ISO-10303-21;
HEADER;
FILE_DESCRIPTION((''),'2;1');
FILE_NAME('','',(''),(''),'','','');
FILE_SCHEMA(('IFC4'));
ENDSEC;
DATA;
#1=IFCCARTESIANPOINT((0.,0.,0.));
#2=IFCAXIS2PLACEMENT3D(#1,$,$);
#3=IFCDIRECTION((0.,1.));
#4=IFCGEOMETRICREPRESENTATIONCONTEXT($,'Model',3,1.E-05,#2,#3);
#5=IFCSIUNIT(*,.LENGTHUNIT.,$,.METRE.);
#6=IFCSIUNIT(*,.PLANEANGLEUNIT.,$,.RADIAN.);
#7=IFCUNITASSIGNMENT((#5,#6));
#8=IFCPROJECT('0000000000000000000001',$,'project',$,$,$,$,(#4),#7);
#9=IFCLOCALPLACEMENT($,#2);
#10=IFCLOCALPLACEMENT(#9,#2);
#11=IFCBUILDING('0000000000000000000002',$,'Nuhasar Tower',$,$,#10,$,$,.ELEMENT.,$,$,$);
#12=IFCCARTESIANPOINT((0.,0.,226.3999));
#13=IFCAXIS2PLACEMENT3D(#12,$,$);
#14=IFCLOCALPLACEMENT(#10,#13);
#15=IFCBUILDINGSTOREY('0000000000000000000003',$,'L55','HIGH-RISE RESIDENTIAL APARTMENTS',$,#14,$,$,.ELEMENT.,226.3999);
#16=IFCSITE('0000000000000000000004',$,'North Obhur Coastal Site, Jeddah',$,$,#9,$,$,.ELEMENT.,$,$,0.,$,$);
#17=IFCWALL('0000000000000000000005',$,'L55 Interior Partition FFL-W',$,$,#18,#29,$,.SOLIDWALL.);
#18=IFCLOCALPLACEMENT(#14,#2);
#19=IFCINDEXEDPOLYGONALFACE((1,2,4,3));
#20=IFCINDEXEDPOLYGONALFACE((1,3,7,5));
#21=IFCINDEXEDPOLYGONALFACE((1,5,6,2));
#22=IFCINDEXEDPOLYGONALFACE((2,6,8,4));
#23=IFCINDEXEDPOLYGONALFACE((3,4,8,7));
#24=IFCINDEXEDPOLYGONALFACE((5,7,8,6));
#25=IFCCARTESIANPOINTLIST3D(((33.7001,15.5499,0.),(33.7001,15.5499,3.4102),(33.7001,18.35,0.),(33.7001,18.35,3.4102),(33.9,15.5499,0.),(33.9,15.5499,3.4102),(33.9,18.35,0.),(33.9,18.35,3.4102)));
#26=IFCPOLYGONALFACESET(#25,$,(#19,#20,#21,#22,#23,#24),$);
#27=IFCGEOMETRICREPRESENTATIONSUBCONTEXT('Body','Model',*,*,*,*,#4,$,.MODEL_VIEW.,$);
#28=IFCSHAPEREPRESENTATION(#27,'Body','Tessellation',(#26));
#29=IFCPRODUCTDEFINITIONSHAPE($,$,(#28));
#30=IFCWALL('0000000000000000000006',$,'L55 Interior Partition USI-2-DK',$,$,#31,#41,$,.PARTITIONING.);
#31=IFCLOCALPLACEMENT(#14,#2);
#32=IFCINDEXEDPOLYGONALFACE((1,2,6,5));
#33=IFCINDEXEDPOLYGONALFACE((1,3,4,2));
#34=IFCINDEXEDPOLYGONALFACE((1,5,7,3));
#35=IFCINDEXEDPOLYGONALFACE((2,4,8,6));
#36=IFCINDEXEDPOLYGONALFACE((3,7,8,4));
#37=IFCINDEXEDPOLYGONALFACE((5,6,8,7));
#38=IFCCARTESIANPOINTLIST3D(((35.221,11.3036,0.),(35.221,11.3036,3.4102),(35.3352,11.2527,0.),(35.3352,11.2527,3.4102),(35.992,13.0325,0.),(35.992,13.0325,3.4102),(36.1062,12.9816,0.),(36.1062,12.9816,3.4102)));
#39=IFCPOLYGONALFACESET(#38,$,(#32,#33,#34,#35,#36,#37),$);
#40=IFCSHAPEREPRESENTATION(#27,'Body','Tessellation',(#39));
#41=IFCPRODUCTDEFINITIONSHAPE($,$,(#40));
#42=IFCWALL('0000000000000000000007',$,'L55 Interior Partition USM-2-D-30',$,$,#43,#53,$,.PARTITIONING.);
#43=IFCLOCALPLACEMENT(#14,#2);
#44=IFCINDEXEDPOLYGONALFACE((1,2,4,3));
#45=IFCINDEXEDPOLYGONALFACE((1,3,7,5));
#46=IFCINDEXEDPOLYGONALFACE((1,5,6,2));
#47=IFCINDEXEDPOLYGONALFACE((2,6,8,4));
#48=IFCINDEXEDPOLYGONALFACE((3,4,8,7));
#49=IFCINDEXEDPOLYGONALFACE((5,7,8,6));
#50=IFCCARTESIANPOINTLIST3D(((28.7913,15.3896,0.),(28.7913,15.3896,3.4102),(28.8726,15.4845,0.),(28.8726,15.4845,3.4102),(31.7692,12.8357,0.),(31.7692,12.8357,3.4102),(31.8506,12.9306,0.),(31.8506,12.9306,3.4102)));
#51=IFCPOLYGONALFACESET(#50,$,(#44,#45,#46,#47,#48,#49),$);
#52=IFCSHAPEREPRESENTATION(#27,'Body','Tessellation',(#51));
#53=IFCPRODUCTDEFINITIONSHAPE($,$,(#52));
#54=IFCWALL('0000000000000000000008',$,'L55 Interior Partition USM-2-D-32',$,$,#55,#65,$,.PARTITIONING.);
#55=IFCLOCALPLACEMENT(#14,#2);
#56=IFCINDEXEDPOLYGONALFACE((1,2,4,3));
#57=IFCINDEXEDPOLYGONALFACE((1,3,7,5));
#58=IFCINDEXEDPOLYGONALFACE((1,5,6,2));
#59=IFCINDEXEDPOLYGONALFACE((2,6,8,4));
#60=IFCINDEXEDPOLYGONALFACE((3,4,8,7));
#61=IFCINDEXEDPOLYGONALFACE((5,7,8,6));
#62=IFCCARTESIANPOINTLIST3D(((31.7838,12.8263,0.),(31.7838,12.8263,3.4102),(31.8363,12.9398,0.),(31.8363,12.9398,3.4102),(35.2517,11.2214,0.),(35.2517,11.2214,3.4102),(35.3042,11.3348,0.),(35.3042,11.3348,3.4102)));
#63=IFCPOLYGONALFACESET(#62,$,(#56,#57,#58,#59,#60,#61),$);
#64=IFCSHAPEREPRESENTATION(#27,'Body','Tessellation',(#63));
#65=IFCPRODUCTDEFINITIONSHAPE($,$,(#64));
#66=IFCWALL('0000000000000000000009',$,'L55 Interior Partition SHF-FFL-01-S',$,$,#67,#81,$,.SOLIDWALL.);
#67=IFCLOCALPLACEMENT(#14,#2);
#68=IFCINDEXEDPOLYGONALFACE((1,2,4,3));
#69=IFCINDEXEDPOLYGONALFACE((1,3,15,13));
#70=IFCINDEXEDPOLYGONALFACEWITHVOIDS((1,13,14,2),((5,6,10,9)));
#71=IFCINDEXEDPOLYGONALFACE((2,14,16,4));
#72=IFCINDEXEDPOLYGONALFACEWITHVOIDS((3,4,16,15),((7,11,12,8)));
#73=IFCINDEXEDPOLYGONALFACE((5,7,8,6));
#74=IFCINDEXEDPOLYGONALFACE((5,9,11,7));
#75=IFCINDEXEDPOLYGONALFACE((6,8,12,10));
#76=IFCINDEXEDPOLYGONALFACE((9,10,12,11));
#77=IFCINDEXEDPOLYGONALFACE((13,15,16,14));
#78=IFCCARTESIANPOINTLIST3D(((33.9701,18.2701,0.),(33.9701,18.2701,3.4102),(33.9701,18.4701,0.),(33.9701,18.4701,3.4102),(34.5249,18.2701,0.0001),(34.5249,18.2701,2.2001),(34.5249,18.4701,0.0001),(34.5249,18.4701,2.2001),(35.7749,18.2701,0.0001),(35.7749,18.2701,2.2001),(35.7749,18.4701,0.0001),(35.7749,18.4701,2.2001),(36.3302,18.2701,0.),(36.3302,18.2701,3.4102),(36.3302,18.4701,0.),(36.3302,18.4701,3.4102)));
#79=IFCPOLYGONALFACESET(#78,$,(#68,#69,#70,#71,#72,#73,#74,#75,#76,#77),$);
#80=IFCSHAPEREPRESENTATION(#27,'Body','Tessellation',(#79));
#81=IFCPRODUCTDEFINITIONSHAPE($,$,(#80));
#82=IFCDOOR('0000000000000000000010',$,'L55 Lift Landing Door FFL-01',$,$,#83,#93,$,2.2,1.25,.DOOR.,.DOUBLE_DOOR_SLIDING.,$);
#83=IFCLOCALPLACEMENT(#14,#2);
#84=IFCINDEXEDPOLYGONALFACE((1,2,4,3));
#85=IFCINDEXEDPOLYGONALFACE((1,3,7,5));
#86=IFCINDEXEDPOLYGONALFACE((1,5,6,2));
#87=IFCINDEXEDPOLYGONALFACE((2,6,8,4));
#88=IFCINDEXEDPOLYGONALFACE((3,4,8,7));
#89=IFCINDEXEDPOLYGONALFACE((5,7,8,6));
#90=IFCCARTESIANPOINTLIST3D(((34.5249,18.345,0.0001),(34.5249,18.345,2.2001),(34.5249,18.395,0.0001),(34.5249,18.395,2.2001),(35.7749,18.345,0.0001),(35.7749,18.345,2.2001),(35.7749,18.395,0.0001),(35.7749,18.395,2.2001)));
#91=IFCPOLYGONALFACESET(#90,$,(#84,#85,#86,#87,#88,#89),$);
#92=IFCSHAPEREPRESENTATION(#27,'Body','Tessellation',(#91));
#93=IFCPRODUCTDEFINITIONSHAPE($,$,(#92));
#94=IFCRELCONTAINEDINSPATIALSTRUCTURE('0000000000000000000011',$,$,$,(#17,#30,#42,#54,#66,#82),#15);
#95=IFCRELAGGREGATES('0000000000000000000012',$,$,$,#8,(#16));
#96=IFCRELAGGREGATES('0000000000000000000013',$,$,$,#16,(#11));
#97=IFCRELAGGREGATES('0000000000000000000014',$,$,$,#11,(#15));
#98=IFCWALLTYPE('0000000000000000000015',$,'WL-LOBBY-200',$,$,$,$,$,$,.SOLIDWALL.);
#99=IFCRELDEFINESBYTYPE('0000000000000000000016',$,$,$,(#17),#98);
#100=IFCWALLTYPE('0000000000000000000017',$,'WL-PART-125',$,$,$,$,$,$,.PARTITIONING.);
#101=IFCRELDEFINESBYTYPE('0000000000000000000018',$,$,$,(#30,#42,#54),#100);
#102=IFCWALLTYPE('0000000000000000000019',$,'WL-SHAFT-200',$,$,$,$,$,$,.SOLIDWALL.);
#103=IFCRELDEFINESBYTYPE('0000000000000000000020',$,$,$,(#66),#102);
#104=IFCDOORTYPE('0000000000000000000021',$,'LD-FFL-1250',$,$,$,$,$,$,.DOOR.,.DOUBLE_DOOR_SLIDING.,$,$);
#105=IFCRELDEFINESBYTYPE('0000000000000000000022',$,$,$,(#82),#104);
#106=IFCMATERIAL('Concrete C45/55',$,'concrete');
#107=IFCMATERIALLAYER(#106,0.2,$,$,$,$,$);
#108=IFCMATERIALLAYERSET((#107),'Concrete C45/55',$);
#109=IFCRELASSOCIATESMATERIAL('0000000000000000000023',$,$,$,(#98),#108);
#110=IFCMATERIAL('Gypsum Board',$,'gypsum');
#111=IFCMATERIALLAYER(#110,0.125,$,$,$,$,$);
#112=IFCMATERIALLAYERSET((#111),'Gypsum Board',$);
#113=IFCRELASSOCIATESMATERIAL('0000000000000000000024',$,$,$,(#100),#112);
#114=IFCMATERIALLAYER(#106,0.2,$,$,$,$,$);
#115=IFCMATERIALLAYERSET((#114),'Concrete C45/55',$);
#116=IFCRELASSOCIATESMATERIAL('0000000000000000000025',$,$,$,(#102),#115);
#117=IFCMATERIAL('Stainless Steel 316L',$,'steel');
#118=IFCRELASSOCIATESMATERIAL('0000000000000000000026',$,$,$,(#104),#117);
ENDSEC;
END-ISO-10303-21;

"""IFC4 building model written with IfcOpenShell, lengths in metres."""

from ifc_helpers import new_model, si_unit, direction, frame, frame_2d, origin, place, context, subcontext, project, spatial, rectangle, extrude, material, layer, layer_set, type_object, element, fill, save


model = new_model("IFC4")

# Units and contexts
model_context = context("Model", 3, precision=1e-05, world=origin(), true_north=direction((0.0, 1.0)))
body_context = subcontext(model_context, "Body", "Model", "MODEL_VIEW")
ifc_project = project(units=[si_unit("LENGTHUNIT", "METRE"), si_unit("PLANEANGLEUNIT", "RADIAN")], contexts=[model_context])

# Site, building, storey
site_placement = place(None, origin())
site = spatial("IfcSite", under=ifc_project, at=site_placement, Name="North Obhur Coastal Site, Jeddah", CompositionType="ELEMENT", RefElevation=0.0)
building_placement = place(site_placement, origin())
building = spatial("IfcBuilding", under=site, at=building_placement, Name="Nuhasar Tower", CompositionType="ELEMENT")
storey_placement = place(building_placement, frame((0.0, 0.0, 226.3999)))
storey = spatial("IfcBuildingStorey", under=building, at=storey_placement, Name="L55", Description="HIGH-RISE RESIDENTIAL APARTMENTS", CompositionType="ELEMENT", Elevation=226.3999)

# Walls
ifc_material_1 = material(Name="Gypsum Board", Category="gypsum")
ifc_material_2 = material(Name="Concrete C45/55", Category="concrete")
ifc_layer_1 = layer(ifc_material_2, 0.2)
ifc_layer_set_1 = layer_set([ifc_layer_1], Name="Concrete C45/55")
wall_type_1 = type_object("IfcWallType", Name="WL-LOBBY-200", PredefinedType="SOLIDWALL", material=ifc_layer_set_1)
wall_1_placement = place(storey_placement, frame((33.8, 15.55, 0.0), z_axis=(0.0, 0.0, 1.0), x_axis=(0.0, 1.0, 0.0)))
element("IfcWall", 1, at=wall_1_placement, inside=storey, type_object=wall_type_1, Name="L55 Interior Partition FFL-W", PredefinedType="SOLIDWALL", context=body_context, shape_type="SweptSolid", body=[
    extrude(rectangle(XDim=2.8, YDim=0.2, at=frame_2d((1.3999, 0.0))), origin(), (0.0, 0.0, 1.0), 3.4102),
])
ifc_layer_2 = layer(ifc_material_1, 0.125)
ifc_layer_set_2 = layer_set([ifc_layer_2], Name="Gypsum Board")
wall_type_2 = type_object("IfcWallType", Name="WL-PART-125", PredefinedType="PARTITIONING", material=ifc_layer_set_2)
wall_2_placement = place(storey_placement, frame((36.0491, 13.0071, 0.0), z_axis=(0.0, 0.0, 1.0), x_axis=(-0.407263, -0.913311, 0.0)))
element("IfcWall", 2, at=wall_2_placement, inside=storey, type_object=wall_type_2, Name="L55 Interior Partition USI-2-DK", PredefinedType="PARTITIONING", context=body_context, shape_type="SweptSolid", body=[
    extrude(rectangle(XDim=1.8931, YDim=0.125, at=frame_2d((0.9465, 0.0))), origin(), (0.0, 0.0, 1.0), 3.4102),
])
wall_3_placement = place(storey_placement, frame((28.832, 15.437, 0.0), z_axis=(0.0, 0.0, 1.0), x_axis=(0.759085, -0.650991, 0.0)))
element("IfcWall", 3, at=wall_3_placement, inside=storey, type_object=wall_type_2, Name="L55 Interior Partition USM-2-D-30", PredefinedType="PARTITIONING", context=body_context, shape_type="SweptSolid", body=[
    extrude(rectangle(XDim=3.9231, YDim=0.125, at=frame_2d((1.9614, 0.0))), origin(), (0.0, 0.0, 1.0), 3.4102),
])
wall_4_placement = place(storey_placement, frame((31.8101, 12.8831, 0.0), z_axis=(0.0, 0.0, 1.0), x_axis=(0.907525, -0.419998, 0.0)))
element("IfcWall", 4, at=wall_4_placement, inside=storey, type_object=wall_type_2, Name="L55 Interior Partition USM-2-D-32", PredefinedType="PARTITIONING", context=body_context, shape_type="SweptSolid", body=[
    extrude(rectangle(XDim=3.8213, YDim=0.125, at=frame_2d((1.9106, 0.0))), origin(), (0.0, 0.0, 1.0), 3.4102),
])

# Wall, opening, door
ifc_layer_3 = layer(ifc_material_2, 0.2)
ifc_layer_set_3 = layer_set([ifc_layer_3], Name="Concrete C45/55")
wall_type_3 = type_object("IfcWallType", Name="WL-SHAFT-200", PredefinedType="SOLIDWALL", material=ifc_layer_set_3)
wall_5_placement = place(storey_placement, frame((33.97, 18.3701, 0.0), z_axis=(0.0, 0.0, 1.0), x_axis=(1.0, 0.0, 0.0)))
wall_5 = element("IfcWall", 5, at=wall_5_placement, inside=storey, type_object=wall_type_3, Name="L55 Interior Partition SHF-FFL-01-S", PredefinedType="SOLIDWALL", context=body_context, shape_type="SweptSolid", body=[
    extrude(rectangle(XDim=2.3601, YDim=0.2, at=frame_2d((1.1802, 0.0))), origin(), (0.0, 0.0, 1.0), 3.4102),
])
opening_placement = place(wall_5_placement, frame((0.5549, 0.0, 0.0)))
opening = element("IfcOpeningElement", 6, at=opening_placement, cuts=wall_5, PredefinedType="OPENING", context=body_context, shape_type="SweptSolid", body=[
    extrude(rectangle(XDim=1.25, YDim=2.2, at=frame_2d((0.625, 1.1001))), frame((0.0, 0.1099, 0.0), z_axis=(0.0, -1.0, 0.0), x_axis=(1.0, 0.0, 0.0)), (0.0, 0.0, 1.0), 0.22),
])
ifc_material_3 = material(Name="Stainless Steel 316L", Category="steel")
door_type = type_object("IfcDoorType", Name="LD-FFL-1250", OperationType="DOUBLE_DOOR_SLIDING", PredefinedType="DOOR", material=ifc_material_3)
door_placement = place(opening_placement, origin())
door = element("IfcDoor", 7, at=door_placement, inside=storey, type_object=door_type, Name="L55 Lift Landing Door FFL-01", OperationType="DOUBLE_DOOR_SLIDING", OverallHeight=2.2, OverallWidth=1.25, PredefinedType="DOOR", context=body_context, shape_type="SweptSolid", body=[
    extrude(rectangle(XDim=1.25, YDim=2.2, at=frame_2d((0.625, 1.1001))), frame((0.0, 0.0249, 0.0), z_axis=(0.0, -1.0, 0.0), x_axis=(1.0, 0.0, 0.0)), (0.0, 0.0, 1.0), 0.05),
])
fill(opening, door)

save(model, "model.ifc")
